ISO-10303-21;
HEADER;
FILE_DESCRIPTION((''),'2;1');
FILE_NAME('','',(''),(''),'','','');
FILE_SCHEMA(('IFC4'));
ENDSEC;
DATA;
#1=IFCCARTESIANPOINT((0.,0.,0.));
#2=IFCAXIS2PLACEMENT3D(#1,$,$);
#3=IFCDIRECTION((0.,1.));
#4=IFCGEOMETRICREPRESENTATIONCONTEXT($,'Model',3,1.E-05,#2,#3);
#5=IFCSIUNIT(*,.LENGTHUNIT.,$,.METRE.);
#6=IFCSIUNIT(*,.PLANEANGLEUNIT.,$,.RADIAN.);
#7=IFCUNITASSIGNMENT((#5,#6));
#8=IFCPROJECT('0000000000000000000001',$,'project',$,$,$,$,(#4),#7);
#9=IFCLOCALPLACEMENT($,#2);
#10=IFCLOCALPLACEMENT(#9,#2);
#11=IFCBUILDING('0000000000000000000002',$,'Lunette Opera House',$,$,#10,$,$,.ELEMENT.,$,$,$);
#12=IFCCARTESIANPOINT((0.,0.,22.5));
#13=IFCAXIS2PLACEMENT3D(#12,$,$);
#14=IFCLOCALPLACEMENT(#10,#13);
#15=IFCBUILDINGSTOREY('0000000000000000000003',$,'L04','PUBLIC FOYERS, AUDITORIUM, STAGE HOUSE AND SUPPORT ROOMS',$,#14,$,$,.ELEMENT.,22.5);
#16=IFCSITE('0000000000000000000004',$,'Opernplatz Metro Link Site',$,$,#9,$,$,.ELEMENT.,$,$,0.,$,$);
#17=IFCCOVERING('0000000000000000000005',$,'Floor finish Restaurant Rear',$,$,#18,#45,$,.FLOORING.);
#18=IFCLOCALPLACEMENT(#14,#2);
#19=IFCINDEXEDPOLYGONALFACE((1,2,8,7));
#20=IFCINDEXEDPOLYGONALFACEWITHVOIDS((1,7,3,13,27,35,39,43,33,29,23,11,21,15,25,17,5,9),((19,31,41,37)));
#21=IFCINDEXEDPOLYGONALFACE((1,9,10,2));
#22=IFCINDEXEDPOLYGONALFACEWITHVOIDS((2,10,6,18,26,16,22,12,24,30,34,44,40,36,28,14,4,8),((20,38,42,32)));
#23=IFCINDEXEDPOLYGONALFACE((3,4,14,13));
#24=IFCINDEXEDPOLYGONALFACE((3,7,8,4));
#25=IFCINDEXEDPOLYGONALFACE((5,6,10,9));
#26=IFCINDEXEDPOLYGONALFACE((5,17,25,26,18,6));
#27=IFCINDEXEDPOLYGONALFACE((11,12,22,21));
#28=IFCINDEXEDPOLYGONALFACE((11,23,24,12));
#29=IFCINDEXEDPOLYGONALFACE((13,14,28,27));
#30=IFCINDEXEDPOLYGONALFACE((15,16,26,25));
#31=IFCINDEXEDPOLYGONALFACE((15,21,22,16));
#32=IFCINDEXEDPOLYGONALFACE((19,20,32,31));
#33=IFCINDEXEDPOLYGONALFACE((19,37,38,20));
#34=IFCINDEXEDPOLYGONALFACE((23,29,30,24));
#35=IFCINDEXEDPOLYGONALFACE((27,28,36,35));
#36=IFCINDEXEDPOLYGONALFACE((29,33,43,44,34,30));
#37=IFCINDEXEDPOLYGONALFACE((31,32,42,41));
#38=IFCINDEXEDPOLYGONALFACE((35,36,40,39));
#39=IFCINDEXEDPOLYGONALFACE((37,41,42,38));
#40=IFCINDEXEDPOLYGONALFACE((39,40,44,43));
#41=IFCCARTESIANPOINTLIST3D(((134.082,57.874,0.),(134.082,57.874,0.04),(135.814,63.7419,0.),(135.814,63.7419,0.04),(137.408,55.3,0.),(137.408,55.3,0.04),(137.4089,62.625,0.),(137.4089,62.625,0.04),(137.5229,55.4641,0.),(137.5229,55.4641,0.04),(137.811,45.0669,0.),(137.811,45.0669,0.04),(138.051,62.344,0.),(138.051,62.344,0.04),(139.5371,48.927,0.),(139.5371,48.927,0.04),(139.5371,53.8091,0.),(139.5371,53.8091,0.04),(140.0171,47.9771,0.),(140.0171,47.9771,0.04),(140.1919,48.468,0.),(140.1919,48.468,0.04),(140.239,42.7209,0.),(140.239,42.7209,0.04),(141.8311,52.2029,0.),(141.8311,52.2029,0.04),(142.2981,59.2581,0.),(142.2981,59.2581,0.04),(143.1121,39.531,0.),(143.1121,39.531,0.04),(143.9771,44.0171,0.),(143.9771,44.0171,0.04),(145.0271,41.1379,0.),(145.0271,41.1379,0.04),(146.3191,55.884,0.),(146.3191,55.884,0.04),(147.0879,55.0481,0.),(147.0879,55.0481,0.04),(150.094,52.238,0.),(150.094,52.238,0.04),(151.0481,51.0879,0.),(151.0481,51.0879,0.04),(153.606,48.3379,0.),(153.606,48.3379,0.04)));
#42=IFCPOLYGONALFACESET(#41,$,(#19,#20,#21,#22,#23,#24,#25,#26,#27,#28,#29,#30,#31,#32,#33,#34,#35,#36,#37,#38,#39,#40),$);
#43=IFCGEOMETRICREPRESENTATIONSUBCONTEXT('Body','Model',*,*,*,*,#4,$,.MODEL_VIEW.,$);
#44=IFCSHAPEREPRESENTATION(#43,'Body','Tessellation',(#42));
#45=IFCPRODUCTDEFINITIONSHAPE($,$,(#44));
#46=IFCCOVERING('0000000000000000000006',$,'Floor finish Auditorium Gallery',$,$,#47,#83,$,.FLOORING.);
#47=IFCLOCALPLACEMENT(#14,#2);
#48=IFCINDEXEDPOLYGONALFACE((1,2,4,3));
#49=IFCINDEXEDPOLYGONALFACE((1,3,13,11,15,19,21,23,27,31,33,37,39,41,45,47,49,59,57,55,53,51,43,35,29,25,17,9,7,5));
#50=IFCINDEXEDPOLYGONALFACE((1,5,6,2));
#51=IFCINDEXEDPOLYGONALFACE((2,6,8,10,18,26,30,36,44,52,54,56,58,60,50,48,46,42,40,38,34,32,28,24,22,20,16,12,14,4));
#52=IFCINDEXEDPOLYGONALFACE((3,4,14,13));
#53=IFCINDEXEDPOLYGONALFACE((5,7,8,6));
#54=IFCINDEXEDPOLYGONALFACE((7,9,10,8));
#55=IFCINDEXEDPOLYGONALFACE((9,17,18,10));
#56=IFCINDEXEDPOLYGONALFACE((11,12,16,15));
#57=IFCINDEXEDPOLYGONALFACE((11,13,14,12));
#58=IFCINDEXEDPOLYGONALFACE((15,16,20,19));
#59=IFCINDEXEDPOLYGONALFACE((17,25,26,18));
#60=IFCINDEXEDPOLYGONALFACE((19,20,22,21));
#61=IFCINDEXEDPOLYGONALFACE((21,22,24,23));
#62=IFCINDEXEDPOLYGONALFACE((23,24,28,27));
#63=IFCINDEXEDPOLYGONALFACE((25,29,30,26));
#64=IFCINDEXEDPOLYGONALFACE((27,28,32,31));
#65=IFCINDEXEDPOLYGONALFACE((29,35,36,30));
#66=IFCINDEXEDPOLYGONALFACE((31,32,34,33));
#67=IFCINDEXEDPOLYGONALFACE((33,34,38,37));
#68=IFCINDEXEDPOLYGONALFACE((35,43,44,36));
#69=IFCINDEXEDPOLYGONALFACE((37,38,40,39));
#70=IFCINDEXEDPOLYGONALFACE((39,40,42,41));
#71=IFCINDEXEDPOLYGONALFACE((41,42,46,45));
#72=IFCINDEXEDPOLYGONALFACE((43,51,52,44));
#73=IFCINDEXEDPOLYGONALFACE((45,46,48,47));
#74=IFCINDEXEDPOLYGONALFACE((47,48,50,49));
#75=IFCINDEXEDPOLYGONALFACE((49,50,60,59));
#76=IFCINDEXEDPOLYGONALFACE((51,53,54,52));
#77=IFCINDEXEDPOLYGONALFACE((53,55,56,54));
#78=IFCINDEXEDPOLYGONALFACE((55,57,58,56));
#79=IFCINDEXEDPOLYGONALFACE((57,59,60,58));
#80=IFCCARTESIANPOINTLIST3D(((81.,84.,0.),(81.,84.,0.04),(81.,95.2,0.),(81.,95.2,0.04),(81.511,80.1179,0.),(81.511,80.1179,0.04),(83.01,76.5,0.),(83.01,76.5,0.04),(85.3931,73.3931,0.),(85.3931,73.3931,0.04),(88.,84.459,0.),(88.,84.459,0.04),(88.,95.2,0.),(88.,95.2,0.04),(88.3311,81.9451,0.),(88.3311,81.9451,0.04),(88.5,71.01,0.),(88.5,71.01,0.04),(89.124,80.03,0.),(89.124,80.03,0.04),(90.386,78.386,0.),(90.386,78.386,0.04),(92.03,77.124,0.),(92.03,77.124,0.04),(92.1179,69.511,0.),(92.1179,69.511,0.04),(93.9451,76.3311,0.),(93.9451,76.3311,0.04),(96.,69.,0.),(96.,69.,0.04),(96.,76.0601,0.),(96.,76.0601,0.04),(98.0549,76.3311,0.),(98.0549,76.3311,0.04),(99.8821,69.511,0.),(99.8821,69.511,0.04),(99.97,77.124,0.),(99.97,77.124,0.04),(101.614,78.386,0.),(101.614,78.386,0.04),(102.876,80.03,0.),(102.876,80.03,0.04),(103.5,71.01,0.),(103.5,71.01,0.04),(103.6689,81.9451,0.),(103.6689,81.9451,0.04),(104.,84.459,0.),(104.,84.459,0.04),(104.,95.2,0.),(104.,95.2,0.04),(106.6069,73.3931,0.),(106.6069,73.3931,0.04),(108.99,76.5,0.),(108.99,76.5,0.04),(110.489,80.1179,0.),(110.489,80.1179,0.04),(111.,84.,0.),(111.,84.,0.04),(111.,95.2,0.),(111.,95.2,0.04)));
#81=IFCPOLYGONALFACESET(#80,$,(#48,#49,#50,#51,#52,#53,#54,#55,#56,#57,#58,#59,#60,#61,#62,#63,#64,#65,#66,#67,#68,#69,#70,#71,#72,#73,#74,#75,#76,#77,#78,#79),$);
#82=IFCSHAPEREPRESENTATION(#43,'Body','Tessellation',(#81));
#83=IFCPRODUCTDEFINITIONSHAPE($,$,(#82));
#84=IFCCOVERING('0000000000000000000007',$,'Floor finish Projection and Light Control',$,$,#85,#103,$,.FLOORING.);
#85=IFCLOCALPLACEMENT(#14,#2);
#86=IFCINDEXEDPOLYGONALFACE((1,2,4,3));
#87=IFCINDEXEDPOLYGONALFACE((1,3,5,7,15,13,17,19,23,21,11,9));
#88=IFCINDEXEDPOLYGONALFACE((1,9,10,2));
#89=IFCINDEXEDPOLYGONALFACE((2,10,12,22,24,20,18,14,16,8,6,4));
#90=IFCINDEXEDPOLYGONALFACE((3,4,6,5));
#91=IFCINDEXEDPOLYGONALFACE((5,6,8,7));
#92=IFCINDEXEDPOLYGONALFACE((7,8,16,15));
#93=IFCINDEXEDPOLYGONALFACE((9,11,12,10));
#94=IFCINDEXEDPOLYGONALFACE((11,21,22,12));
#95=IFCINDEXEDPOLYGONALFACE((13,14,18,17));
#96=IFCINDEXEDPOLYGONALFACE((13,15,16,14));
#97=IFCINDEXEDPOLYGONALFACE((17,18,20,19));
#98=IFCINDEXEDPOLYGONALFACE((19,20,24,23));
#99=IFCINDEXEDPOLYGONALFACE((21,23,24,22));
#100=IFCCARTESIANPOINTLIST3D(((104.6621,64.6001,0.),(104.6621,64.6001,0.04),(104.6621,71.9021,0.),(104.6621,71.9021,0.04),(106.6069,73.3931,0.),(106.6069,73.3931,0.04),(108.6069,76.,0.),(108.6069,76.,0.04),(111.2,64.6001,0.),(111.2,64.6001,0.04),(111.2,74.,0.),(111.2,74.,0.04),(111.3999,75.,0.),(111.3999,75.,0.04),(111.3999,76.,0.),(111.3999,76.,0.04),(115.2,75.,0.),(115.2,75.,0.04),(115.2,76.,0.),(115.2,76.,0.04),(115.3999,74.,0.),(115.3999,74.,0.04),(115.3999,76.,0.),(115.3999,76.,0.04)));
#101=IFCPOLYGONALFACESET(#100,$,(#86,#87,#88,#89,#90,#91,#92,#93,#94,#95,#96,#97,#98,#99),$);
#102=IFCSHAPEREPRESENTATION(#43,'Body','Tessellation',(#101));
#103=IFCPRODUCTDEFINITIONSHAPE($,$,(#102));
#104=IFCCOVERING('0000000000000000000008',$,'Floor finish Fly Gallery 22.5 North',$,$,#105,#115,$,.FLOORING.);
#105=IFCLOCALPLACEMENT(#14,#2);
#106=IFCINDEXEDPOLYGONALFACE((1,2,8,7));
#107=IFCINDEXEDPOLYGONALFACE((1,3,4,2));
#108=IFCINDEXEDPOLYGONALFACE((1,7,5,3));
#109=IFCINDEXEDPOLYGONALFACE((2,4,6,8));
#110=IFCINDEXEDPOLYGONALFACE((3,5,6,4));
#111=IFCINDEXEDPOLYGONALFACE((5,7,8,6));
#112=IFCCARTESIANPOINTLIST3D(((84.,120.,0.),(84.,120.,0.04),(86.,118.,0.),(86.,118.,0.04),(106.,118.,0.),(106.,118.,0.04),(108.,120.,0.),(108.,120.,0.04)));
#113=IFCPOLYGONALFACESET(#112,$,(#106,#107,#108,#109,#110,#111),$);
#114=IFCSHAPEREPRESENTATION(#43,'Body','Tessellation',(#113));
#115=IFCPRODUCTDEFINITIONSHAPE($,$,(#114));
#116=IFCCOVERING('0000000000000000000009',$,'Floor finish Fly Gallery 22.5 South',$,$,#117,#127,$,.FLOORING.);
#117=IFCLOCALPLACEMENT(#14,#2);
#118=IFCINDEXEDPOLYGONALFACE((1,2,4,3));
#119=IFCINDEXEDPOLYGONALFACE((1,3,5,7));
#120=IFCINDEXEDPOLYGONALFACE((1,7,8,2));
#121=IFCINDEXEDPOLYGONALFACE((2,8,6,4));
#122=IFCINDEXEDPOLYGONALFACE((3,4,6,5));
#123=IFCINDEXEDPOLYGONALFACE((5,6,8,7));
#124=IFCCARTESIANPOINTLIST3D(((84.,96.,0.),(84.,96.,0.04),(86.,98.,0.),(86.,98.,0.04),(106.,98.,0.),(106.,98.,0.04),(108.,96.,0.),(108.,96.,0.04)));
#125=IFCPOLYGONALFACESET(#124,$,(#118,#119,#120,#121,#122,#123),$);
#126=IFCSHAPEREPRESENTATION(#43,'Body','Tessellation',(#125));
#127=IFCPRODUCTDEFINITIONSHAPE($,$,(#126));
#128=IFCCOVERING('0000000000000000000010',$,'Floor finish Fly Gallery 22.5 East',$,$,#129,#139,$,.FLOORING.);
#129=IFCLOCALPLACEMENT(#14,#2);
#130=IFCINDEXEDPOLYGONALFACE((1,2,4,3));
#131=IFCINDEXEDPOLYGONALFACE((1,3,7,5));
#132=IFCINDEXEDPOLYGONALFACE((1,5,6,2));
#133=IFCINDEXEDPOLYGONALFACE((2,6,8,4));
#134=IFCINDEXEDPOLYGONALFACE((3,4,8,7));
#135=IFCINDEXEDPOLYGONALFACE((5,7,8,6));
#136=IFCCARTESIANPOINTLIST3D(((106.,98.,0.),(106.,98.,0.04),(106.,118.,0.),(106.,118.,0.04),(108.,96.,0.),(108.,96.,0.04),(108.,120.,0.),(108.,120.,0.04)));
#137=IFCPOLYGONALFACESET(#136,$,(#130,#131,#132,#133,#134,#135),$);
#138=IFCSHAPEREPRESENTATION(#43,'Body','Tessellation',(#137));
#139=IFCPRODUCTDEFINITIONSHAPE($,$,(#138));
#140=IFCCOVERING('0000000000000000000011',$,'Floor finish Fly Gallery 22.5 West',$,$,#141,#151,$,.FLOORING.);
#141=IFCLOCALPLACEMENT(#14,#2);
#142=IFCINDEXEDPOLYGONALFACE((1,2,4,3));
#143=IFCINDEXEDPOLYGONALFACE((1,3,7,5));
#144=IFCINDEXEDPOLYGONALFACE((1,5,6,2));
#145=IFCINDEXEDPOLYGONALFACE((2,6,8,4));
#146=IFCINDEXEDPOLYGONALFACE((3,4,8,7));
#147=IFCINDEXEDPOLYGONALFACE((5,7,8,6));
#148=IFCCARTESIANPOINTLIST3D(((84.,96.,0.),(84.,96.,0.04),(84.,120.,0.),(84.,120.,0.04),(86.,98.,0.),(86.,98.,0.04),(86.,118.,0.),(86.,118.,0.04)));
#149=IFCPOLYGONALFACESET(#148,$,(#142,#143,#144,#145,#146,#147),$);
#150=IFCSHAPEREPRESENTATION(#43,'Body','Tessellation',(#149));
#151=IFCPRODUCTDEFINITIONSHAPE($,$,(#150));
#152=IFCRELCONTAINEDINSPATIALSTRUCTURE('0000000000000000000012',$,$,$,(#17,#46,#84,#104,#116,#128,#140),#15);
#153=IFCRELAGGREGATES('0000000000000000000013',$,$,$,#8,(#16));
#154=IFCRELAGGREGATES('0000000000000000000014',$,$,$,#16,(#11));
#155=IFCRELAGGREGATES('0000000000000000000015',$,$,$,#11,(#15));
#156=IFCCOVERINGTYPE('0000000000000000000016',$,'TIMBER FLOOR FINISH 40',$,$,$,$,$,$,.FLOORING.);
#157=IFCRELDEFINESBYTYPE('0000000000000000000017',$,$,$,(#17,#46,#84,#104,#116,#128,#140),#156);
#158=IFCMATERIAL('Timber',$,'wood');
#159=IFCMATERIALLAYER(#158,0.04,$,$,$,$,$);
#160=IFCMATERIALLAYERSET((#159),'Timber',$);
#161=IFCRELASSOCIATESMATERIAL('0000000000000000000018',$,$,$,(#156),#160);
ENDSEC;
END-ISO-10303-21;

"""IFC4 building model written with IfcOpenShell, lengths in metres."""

from ifc_helpers import new_model, si_unit, direction, frame, origin, place, context, subcontext, project, spatial, polyline, outline, extrude, material, layer, layer_set, type_object, element, save


model = new_model("IFC4")

# Units and contexts
model_context = context("Model", 3, precision=1e-05, world=origin(), true_north=direction((0.0, 1.0)))
body_context = subcontext(model_context, "Body", "Model", "MODEL_VIEW")
ifc_project = project(units=[si_unit("LENGTHUNIT", "METRE"), si_unit("PLANEANGLEUNIT", "RADIAN")], contexts=[model_context])

# Site, building, storey
site_placement = place(None, origin())
site = spatial("IfcSite", under=ifc_project, at=site_placement, Name="Opernplatz Metro Link Site", CompositionType="ELEMENT", RefElevation=0.0)
building_placement = place(site_placement, origin())
building = spatial("IfcBuilding", under=site, at=building_placement, Name="Lunette Opera House", CompositionType="ELEMENT")
storey_placement = place(building_placement, frame((0.0, 0.0, 22.5)))
storey = spatial("IfcBuildingStorey", under=building, at=storey_placement, Name="L04", Description="PUBLIC FOYERS, AUDITORIUM, STAGE HOUSE AND SUPPORT ROOMS", CompositionType="ELEMENT", Elevation=22.5)

# Coverings
ifc_material_1 = material(Name="Timber", Category="wood")
ifc_layer_1 = layer(ifc_material_1, 0.04)
ifc_layer_set_1 = layer_set([ifc_layer_1], Name="Timber")
covering_type_1 = type_object("IfcCoveringType", Name="TIMBER FLOOR FINISH 40", PredefinedType="FLOORING", material=ifc_layer_set_1)
covering_1_placement = place(storey_placement, origin())
element("IfcCovering", 1, at=covering_1_placement, inside=storey, type_object=covering_type_1, Name="Floor finish Restaurant Rear", PredefinedType="FLOORING", context=body_context, shape_type="SweptSolid", body=[
    extrude(outline(polyline([(141.8311, 52.2029), (139.5371, 53.8091), (137.408, 55.3), (137.5229, 55.4641), (134.082, 57.874), (137.4089, 62.625), (135.814, 63.7419), (138.051, 62.344), (142.2981, 59.2581), (146.3191, 55.884), (150.094, 52.238), (153.606, 48.3379), (145.0271, 41.1379), (143.1121, 39.531), (140.239, 42.7209), (137.811, 45.0669), (140.1919, 48.468), (139.5371, 48.927), (141.8311, 52.2029)]), holes=[polyline([(143.9771, 44.0171), (151.0481, 51.0879), (147.0879, 55.0481), (140.0171, 47.9771), (143.9771, 44.0171)])]), origin(), (0.0, 0.0, 1.0), 0.04),
])
covering_2_placement = place(storey_placement, origin())
element("IfcCovering", 2, at=covering_2_placement, inside=storey, type_object=covering_type_1, Name="Floor finish Auditorium Gallery", PredefinedType="FLOORING", context=body_context, shape_type="SweptSolid", body=[
    extrude(outline(polyline([(111.0, 84.0), (110.489, 80.1179), (108.99, 76.5), (106.6069, 73.3931), (103.5, 71.01), (99.8821, 69.511), (96.0, 69.0), (92.1179, 69.511), (88.5, 71.01), (85.3931, 73.3931), (83.01, 76.5), (81.511, 80.1179), (81.0, 84.0), (81.0, 95.2), (88.0, 95.2), (88.0, 84.459), (88.3311, 81.9451), (89.124, 80.03), (90.386, 78.386), (92.03, 77.124), (93.9451, 76.3311), (96.0, 76.0601), (98.0549, 76.3311), (99.97, 77.124), (101.614, 78.386), (102.876, 80.03), (103.6689, 81.9451), (104.0, 84.459), (104.0, 95.2), (111.0, 95.2), (111.0, 84.0)])), origin(), (0.0, 0.0, 1.0), 0.04),
])
covering_3_placement = place(storey_placement, origin())
element("IfcCovering", 3, at=covering_3_placement, inside=storey, type_object=covering_type_1, Name="Floor finish Projection and Light Control", PredefinedType="FLOORING", context=body_context, shape_type="SweptSolid", body=[
    extrude(outline(polyline([(104.6621, 64.6001), (104.6621, 71.9021), (106.6069, 73.3931), (108.6069, 76.0), (111.3999, 76.0), (111.3999, 75.0), (115.2, 75.0), (115.2, 76.0), (115.3999, 76.0), (115.3999, 74.0), (111.2, 74.0), (111.2, 64.6001), (104.6621, 64.6001)])), origin(), (0.0, 0.0, 1.0), 0.04),
])
covering_4_placement = place(storey_placement, origin())
element("IfcCovering", 4, at=covering_4_placement, inside=storey, type_object=covering_type_1, Name="Floor finish Fly Gallery 22.5 North", PredefinedType="FLOORING", context=body_context, shape_type="SweptSolid", body=[
    extrude(outline(polyline([(106.0, 118.0), (86.0, 118.0), (84.0, 120.0), (108.0, 120.0), (106.0, 118.0)])), origin(), (0.0, 0.0, 1.0), 0.04),
])
covering_5_placement = place(storey_placement, origin())
element("IfcCovering", 5, at=covering_5_placement, inside=storey, type_object=covering_type_1, Name="Floor finish Fly Gallery 22.5 South", PredefinedType="FLOORING", context=body_context, shape_type="SweptSolid", body=[
    extrude(outline(polyline([(86.0, 98.0), (106.0, 98.0), (108.0, 96.0), (84.0, 96.0), (86.0, 98.0)])), origin(), (0.0, 0.0, 1.0), 0.04),
])
covering_6_placement = place(storey_placement, origin())
element("IfcCovering", 6, at=covering_6_placement, inside=storey, type_object=covering_type_1, Name="Floor finish Fly Gallery 22.5 East", PredefinedType="FLOORING", context=body_context, shape_type="SweptSolid", body=[
    extrude(outline(polyline([(106.0, 98.0), (106.0, 118.0), (108.0, 120.0), (108.0, 96.0), (106.0, 98.0)])), origin(), (0.0, 0.0, 1.0), 0.04),
])
covering_7_placement = place(storey_placement, origin())
element("IfcCovering", 7, at=covering_7_placement, inside=storey, type_object=covering_type_1, Name="Floor finish Fly Gallery 22.5 West", PredefinedType="FLOORING", context=body_context, shape_type="SweptSolid", body=[
    extrude(outline(polyline([(86.0, 118.0), (86.0, 98.0), (84.0, 96.0), (84.0, 120.0), (86.0, 118.0)])), origin(), (0.0, 0.0, 1.0), 0.04),
])

save(model, "model.ifc")
